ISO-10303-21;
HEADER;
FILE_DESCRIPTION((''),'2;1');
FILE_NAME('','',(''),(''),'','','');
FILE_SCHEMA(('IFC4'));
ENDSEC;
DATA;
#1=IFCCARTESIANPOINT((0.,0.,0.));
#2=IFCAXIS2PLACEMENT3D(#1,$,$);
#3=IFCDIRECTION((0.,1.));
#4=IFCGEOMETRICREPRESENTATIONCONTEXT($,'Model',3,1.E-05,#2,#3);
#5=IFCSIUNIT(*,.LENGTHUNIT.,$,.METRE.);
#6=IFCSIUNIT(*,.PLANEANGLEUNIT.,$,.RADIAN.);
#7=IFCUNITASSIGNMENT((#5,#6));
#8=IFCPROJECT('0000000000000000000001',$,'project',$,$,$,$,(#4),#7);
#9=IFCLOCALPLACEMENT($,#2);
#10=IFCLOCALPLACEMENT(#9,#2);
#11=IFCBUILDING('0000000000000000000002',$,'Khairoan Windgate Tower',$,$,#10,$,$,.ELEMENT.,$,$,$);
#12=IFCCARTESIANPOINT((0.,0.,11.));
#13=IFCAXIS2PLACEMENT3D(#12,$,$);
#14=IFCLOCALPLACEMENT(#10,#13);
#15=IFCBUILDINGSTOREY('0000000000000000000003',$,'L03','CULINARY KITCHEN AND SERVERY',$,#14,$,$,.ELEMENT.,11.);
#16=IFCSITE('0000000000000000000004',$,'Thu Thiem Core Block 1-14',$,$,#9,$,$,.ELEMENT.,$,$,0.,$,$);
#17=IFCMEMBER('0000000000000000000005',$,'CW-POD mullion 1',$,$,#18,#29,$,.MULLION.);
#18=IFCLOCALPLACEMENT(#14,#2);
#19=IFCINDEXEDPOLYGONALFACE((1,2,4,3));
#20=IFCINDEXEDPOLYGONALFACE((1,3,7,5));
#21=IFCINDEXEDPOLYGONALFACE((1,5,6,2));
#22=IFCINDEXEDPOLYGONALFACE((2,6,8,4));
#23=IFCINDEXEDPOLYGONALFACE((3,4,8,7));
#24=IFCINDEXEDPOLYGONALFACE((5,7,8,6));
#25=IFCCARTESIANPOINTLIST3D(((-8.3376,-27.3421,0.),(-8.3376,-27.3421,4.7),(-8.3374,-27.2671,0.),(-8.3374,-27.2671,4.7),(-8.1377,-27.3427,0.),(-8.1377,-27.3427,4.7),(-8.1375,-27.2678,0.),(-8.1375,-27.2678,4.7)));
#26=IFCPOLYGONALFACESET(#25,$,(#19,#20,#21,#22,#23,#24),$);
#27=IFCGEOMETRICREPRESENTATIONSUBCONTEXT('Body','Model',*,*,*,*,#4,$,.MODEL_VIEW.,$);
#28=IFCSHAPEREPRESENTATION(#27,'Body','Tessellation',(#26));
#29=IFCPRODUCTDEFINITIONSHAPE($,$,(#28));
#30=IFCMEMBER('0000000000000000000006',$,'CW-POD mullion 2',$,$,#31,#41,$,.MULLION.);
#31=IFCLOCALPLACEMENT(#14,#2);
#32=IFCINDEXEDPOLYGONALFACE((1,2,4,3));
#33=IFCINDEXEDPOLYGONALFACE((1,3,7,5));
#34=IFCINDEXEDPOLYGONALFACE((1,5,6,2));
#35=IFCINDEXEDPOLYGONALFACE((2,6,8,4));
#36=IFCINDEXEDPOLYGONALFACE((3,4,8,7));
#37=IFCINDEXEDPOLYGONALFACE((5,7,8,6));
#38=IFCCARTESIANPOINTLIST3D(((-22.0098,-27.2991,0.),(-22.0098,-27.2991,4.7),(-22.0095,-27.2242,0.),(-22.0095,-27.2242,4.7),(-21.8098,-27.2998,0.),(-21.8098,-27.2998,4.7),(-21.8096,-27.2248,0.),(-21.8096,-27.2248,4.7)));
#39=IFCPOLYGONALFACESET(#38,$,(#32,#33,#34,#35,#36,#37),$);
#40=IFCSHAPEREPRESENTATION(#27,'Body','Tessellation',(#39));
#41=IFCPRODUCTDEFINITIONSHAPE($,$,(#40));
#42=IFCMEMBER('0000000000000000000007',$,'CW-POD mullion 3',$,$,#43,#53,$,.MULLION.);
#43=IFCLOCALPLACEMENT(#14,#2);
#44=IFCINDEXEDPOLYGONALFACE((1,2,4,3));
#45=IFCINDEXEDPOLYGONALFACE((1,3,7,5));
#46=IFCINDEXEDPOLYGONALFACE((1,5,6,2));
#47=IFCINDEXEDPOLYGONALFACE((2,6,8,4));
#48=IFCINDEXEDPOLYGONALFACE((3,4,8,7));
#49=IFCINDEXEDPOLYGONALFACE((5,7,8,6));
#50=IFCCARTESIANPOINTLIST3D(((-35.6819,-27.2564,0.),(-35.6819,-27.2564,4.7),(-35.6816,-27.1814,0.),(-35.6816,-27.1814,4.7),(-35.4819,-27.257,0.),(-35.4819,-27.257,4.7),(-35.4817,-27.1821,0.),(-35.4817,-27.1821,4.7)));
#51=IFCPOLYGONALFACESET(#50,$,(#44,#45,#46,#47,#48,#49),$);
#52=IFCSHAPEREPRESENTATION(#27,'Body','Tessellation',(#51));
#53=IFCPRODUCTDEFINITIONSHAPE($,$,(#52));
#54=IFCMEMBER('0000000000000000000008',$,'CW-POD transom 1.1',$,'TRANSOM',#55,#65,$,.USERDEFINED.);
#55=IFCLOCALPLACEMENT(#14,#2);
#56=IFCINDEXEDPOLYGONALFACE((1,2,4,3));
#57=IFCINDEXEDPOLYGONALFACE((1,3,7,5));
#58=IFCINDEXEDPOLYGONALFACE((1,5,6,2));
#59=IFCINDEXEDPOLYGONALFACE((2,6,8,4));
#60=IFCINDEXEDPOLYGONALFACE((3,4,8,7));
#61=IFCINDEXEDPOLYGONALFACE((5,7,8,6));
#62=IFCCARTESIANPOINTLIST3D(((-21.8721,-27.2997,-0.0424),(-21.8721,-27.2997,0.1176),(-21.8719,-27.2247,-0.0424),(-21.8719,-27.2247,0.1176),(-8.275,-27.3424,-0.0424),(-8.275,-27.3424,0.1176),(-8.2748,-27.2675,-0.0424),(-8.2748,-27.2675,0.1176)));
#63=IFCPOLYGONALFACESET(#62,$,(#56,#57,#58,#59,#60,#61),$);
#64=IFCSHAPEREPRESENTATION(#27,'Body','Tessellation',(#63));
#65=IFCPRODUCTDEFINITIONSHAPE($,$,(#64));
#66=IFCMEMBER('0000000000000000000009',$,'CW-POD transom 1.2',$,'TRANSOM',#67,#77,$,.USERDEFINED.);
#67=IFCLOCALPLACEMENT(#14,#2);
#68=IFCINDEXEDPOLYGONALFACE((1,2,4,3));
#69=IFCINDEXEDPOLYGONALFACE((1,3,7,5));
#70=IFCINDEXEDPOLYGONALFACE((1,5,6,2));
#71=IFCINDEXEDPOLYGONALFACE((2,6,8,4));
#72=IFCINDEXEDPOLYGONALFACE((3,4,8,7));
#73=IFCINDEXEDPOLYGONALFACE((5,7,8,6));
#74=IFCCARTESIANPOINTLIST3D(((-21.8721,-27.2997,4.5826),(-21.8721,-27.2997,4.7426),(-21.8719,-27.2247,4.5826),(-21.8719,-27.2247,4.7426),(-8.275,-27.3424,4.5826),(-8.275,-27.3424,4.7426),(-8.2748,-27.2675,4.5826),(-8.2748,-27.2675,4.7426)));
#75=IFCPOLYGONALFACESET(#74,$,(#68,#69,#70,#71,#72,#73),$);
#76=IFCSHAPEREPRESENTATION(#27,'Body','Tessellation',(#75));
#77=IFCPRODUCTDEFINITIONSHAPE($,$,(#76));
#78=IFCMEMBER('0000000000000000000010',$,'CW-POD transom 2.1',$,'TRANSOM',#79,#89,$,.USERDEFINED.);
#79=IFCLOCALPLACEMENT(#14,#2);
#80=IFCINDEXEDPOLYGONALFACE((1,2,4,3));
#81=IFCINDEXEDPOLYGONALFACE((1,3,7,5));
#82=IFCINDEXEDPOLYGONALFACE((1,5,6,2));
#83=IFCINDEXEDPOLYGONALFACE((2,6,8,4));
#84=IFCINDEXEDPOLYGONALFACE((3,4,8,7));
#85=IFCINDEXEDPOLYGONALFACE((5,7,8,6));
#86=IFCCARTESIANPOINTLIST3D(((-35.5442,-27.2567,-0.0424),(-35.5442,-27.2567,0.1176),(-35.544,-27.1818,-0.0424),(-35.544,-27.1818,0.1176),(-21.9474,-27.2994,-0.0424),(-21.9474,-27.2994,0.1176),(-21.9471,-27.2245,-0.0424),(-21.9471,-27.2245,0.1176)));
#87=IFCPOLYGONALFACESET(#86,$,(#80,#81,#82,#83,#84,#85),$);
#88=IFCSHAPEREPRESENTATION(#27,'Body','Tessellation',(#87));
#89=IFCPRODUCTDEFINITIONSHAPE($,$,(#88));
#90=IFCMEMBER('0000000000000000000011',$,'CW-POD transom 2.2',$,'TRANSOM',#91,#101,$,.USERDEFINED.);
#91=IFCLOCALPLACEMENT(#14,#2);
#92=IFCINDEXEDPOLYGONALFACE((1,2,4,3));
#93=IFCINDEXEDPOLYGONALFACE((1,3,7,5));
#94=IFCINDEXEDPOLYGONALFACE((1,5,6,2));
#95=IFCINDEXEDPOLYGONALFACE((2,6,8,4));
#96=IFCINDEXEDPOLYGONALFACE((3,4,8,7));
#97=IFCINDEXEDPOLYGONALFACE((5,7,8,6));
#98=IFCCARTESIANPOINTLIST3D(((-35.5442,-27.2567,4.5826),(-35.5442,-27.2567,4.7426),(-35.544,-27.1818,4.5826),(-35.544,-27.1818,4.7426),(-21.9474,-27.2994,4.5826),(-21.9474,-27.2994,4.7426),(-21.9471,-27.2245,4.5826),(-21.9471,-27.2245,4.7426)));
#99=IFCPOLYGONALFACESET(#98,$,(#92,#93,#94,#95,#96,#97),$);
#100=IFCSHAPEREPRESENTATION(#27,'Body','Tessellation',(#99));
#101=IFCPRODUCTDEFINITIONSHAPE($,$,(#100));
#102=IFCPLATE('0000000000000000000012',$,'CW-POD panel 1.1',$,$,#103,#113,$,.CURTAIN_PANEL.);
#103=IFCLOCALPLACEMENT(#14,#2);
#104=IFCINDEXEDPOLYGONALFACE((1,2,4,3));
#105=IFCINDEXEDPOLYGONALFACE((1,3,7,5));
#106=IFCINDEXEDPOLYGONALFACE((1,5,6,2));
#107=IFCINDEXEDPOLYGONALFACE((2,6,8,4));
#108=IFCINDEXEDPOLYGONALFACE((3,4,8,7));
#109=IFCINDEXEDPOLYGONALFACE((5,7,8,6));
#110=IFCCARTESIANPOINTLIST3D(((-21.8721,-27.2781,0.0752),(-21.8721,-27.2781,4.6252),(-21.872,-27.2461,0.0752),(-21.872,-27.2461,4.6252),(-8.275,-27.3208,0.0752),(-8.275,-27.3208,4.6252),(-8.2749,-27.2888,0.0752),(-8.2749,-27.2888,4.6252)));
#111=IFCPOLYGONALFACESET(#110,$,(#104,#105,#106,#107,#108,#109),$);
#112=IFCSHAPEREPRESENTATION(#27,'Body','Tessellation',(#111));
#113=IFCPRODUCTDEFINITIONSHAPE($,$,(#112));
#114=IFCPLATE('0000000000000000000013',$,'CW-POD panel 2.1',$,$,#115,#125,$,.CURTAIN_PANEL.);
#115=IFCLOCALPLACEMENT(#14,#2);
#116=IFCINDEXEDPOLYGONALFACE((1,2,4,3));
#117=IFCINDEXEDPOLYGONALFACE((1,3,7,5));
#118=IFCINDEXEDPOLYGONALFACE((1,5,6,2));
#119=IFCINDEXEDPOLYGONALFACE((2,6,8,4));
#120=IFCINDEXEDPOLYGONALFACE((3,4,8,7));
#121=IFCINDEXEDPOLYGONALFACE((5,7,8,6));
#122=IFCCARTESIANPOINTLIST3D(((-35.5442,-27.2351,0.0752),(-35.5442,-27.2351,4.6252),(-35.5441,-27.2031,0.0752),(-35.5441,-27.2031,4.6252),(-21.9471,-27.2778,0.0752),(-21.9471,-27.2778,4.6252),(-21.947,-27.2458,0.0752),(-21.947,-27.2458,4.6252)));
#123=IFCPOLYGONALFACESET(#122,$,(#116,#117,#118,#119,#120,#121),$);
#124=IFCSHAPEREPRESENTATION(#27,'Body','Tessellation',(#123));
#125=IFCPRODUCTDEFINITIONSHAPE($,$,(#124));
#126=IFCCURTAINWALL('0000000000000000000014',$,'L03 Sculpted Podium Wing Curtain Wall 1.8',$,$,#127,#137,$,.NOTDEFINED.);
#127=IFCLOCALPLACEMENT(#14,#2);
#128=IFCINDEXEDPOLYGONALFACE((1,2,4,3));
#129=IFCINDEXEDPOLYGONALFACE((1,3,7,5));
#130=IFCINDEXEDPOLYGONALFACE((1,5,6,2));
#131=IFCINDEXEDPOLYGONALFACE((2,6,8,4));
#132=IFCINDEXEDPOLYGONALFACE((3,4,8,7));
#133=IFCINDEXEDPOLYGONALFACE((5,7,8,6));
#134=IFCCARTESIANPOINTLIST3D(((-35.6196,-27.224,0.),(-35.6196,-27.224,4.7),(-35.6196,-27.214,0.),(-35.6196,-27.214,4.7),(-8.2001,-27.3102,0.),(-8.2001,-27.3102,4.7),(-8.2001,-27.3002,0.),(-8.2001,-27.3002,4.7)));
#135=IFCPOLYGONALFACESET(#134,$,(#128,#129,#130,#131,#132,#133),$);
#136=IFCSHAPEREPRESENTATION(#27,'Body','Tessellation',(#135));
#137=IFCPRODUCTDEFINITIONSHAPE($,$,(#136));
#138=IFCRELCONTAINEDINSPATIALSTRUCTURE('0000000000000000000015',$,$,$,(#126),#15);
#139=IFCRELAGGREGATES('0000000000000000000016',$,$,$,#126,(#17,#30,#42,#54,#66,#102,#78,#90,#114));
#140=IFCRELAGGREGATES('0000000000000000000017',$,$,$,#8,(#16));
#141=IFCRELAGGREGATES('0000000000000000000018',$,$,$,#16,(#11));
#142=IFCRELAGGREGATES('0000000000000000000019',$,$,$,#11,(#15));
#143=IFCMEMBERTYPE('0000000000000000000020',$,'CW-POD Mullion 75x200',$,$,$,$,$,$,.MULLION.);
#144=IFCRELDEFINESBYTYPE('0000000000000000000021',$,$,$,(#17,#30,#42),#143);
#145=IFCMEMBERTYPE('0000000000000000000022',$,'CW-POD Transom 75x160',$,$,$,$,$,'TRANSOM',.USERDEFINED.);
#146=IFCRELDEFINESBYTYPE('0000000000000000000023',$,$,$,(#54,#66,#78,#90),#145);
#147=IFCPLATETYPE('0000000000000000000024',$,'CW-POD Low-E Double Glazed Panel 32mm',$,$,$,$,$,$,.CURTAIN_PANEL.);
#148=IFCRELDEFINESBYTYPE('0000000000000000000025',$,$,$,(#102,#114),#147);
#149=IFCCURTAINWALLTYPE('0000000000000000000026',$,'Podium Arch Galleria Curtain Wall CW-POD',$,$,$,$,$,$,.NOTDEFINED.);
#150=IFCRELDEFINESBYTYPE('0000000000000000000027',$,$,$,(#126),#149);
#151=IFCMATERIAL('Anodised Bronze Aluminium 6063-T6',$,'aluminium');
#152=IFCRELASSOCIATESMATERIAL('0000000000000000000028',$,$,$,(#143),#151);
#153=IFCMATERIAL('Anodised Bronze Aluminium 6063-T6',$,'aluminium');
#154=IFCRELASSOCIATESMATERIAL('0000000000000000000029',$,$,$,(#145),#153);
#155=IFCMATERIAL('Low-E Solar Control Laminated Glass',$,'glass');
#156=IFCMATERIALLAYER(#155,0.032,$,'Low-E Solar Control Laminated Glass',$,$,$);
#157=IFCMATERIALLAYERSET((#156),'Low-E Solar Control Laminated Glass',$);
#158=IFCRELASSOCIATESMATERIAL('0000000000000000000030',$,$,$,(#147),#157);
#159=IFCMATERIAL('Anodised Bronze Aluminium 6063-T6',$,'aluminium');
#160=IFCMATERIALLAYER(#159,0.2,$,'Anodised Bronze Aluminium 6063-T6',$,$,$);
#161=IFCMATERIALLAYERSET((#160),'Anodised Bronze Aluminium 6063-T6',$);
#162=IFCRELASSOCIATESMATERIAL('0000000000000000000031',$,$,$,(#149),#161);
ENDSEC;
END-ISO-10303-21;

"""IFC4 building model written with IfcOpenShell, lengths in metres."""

from ifc_helpers import new_model, si_unit, direction, frame, frame_2d, origin, origin_2d, place, context, subcontext, project, spatial, rectangle, extrude, material, layer, layer_set, material_profile, profile_set, type_object, element, aggregate, save


model = new_model("IFC4")

# Units and contexts
model_context = context("Model", 3, precision=1e-05, world=origin(), true_north=direction((0.0, 1.0)))
body_context = subcontext(model_context, "Body", "Model", "MODEL_VIEW")
ifc_project = project(units=[si_unit("LENGTHUNIT", "METRE"), si_unit("PLANEANGLEUNIT", "RADIAN")], contexts=[model_context])

# Site, building, storey
site_placement = place(None, origin())
site = spatial("IfcSite", under=ifc_project, at=site_placement, Name="Thu Thiem Core Block 1-14", CompositionType="ELEMENT", RefElevation=0.0)
building_placement = place(site_placement, origin())
building = spatial("IfcBuilding", under=site, at=building_placement, Name="Khairoan Windgate Tower", CompositionType="ELEMENT")
storey_placement = place(building_placement, frame((0.0, 0.0, 11.0)))
storey = spatial("IfcBuildingStorey", under=building, at=storey_placement, Name="L03", Description="CULINARY KITCHEN AND SERVERY", CompositionType="ELEMENT", Elevation=11.0)

# Members
ifc_material_1 = material(Name="Anodised Bronze Aluminium 6063-T6", Category="aluminium")
ifc_material_profile_1 = material_profile(ifc_material_1, rectangle(XDim=0.075, YDim=0.2, at=origin_2d()))
ifc_profile_set_1 = profile_set([ifc_material_profile_1], Name="Anodised Bronze Aluminium 6063-T6")
member_type_1 = type_object("IfcMemberType", Name="CW-POD Mullion 75x200", PredefinedType="MULLION", material=ifc_profile_set_1)
member_1_placement = place(storey_placement, frame((-8.2375, -27.3049, 0.0), z_axis=(0.0, 0.0, 1.0), x_axis=(-0.00314, -0.999995, 0.0)))
member_1 = element("IfcMember", 1, at=member_1_placement, type_object=member_type_1, Name="CW-POD mullion 1", PredefinedType="MULLION", context=body_context, shape_type="SweptSolid", body=[
    extrude(rectangle(XDim=0.075, YDim=0.2, at=origin_2d()), origin(), (0.0, 0.0, 1.0), 4.7),
])
member_2_placement = place(storey_placement, frame((-21.9097, -27.262, 0.0), z_axis=(0.0, 0.0, 1.0), x_axis=(-0.00314, -0.999995, 0.0)))
member_2 = element("IfcMember", 2, at=member_2_placement, type_object=member_type_1, Name="CW-POD mullion 2", PredefinedType="MULLION", context=body_context, shape_type="SweptSolid", body=[
    extrude(rectangle(XDim=0.075, YDim=0.2, at=origin_2d()), origin(), (0.0, 0.0, 1.0), 4.7),
])
member_3_placement = place(storey_placement, frame((-35.5818, -27.2192, 0.0), z_axis=(0.0, 0.0, 1.0), x_axis=(-0.00314, -0.999995, 0.0)))
member_3 = element("IfcMember", 3, at=member_3_placement, type_object=member_type_1, Name="CW-POD mullion 3", PredefinedType="MULLION", context=body_context, shape_type="SweptSolid", body=[
    extrude(rectangle(XDim=0.075, YDim=0.2, at=origin_2d()), origin(), (0.0, 0.0, 1.0), 4.7),
])
ifc_material_2 = material(Name="Anodised Bronze Aluminium 6063-T6", Category="aluminium")
ifc_material_profile_2 = material_profile(ifc_material_2, rectangle(XDim=0.075, YDim=0.1599, at=origin_2d()))
ifc_profile_set_2 = profile_set([ifc_material_profile_2], Name="Anodised Bronze Aluminium 6063-T6")
member_type_2 = type_object("IfcMemberType", Name="CW-POD Transom 75x160", ElementType="TRANSOM", PredefinedType="USERDEFINED", material=ifc_profile_set_2)
member_4_placement = place(storey_placement, frame((-8.2749, -27.3049, 0.0376), z_axis=(-0.999995, 0.003142, 0.0), x_axis=(-0.003142, -0.999995, 0.0)))
member_4 = element("IfcMember", 4, at=member_4_placement, type_object=member_type_2, Name="CW-POD transom 1.1", ObjectType="TRANSOM", PredefinedType="USERDEFINED", context=body_context, shape_type="SweptSolid", body=[
    extrude(rectangle(XDim=0.075, YDim=0.1599, at=origin_2d()), origin(), (0.0, 0.0, 1.0), 13.5972),
])
member_5_placement = place(storey_placement, frame((-8.2749, -27.3049, 4.6626), z_axis=(-0.999995, 0.003142, 0.0), x_axis=(-0.003142, -0.999995, 0.0)))
member_5 = element("IfcMember", 5, at=member_5_placement, type_object=member_type_2, Name="CW-POD transom 1.2", ObjectType="TRANSOM", PredefinedType="USERDEFINED", context=body_context, shape_type="SweptSolid", body=[
    extrude(rectangle(XDim=0.075, YDim=0.1599, at=origin_2d()), origin(), (0.0, 0.0, 1.0), 13.5972),
])
member_6_placement = place(storey_placement, frame((-21.9473, -27.262, 0.0376), z_axis=(-0.999995, 0.003142, 0.0), x_axis=(-0.003142, -0.999995, 0.0)))
member_6 = element("IfcMember", 6, at=member_6_placement, type_object=member_type_2, Name="CW-POD transom 2.1", ObjectType="TRANSOM", PredefinedType="USERDEFINED", context=body_context, shape_type="SweptSolid", body=[
    extrude(rectangle(XDim=0.075, YDim=0.1599, at=origin_2d()), origin(), (0.0, 0.0, 1.0), 13.5969),
])
member_7_placement = place(storey_placement, frame((-21.9473, -27.262, 4.6626), z_axis=(-0.999995, 0.003142, 0.0), x_axis=(-0.003142, -0.999995, 0.0)))
member_7 = element("IfcMember", 7, at=member_7_placement, type_object=member_type_2, Name="CW-POD transom 2.2", ObjectType="TRANSOM", PredefinedType="USERDEFINED", context=body_context, shape_type="SweptSolid", body=[
    extrude(rectangle(XDim=0.075, YDim=0.1599, at=origin_2d()), origin(), (0.0, 0.0, 1.0), 13.5969),
])

# Plates
ifc_material_3 = material(Name="Low-E Solar Control Laminated Glass", Category="glass")
ifc_layer_1 = layer(ifc_material_3, 0.032, Name="Low-E Solar Control Laminated Glass")
ifc_layer_set_1 = layer_set([ifc_layer_1], Name="Low-E Solar Control Laminated Glass")
plate_type_1 = type_object("IfcPlateType", Name="CW-POD Low-E Double Glazed Panel 32mm", PredefinedType="CURTAIN_PANEL", material=ifc_layer_set_1)
plate_1_placement = place(storey_placement, frame((-15.0735, -27.2834, 0.0752), z_axis=(0.0, 0.0, 1.0), x_axis=(-0.999995, 0.00314, 0.0)))
plate_1 = element("IfcPlate", 8, at=plate_1_placement, type_object=plate_type_1, Name="CW-POD panel 1.1", PredefinedType="CURTAIN_PANEL", context=body_context, shape_type="SweptSolid", body=[
    extrude(rectangle(XDim=13.5972, YDim=0.032, at=origin_2d()), origin(), (0.0, 0.0, 1.0), 4.55),
])
plate_2_placement = place(storey_placement, frame((-28.7456, -27.2405, 0.0752), z_axis=(0.0, 0.0, 1.0), x_axis=(-0.999995, 0.00314, 0.0)))
plate_2 = element("IfcPlate", 9, at=plate_2_placement, type_object=plate_type_1, Name="CW-POD panel 2.1", PredefinedType="CURTAIN_PANEL", context=body_context, shape_type="SweptSolid", body=[
    extrude(rectangle(XDim=13.5972, YDim=0.032, at=origin_2d()), origin(), (0.0, 0.0, 1.0), 4.55),
])

# Curtain wall
ifc_material_4 = material(Name="Anodised Bronze Aluminium 6063-T6", Category="aluminium")
ifc_layer_2 = layer(ifc_material_4, 0.2, Name="Anodised Bronze Aluminium 6063-T6")
ifc_layer_set_2 = layer_set([ifc_layer_2], Name="Anodised Bronze Aluminium 6063-T6")
curtain_wall_type = type_object("IfcCurtainWallType", Name="Podium Arch Galleria Curtain Wall CW-POD", PredefinedType="NOTDEFINED", material=ifc_layer_set_2)
curtain_wall_placement = place(storey_placement, frame((-8.2, -27.3052, 0.0), z_axis=(0.0, 0.0, 1.0), x_axis=(-0.999995, 0.003143, 0.0)))
curtain_wall = element("IfcCurtainWall", 10, at=curtain_wall_placement, inside=storey, type_object=curtain_wall_type, Name="L03 Sculpted Podium Wing Curtain Wall 1.8", PredefinedType="NOTDEFINED", context=body_context, shape_type="SweptSolid", body=[
    extrude(rectangle(XDim=27.4197, YDim=0.01, at=frame_2d((13.71, 0.0))), origin(), (0.0, 0.0, 1.0), 4.7),
])
aggregate(curtain_wall, [member_1, member_2, member_3, member_4, member_5, plate_1, member_6, member_7, plate_2])

save(model, "model.ifc")
